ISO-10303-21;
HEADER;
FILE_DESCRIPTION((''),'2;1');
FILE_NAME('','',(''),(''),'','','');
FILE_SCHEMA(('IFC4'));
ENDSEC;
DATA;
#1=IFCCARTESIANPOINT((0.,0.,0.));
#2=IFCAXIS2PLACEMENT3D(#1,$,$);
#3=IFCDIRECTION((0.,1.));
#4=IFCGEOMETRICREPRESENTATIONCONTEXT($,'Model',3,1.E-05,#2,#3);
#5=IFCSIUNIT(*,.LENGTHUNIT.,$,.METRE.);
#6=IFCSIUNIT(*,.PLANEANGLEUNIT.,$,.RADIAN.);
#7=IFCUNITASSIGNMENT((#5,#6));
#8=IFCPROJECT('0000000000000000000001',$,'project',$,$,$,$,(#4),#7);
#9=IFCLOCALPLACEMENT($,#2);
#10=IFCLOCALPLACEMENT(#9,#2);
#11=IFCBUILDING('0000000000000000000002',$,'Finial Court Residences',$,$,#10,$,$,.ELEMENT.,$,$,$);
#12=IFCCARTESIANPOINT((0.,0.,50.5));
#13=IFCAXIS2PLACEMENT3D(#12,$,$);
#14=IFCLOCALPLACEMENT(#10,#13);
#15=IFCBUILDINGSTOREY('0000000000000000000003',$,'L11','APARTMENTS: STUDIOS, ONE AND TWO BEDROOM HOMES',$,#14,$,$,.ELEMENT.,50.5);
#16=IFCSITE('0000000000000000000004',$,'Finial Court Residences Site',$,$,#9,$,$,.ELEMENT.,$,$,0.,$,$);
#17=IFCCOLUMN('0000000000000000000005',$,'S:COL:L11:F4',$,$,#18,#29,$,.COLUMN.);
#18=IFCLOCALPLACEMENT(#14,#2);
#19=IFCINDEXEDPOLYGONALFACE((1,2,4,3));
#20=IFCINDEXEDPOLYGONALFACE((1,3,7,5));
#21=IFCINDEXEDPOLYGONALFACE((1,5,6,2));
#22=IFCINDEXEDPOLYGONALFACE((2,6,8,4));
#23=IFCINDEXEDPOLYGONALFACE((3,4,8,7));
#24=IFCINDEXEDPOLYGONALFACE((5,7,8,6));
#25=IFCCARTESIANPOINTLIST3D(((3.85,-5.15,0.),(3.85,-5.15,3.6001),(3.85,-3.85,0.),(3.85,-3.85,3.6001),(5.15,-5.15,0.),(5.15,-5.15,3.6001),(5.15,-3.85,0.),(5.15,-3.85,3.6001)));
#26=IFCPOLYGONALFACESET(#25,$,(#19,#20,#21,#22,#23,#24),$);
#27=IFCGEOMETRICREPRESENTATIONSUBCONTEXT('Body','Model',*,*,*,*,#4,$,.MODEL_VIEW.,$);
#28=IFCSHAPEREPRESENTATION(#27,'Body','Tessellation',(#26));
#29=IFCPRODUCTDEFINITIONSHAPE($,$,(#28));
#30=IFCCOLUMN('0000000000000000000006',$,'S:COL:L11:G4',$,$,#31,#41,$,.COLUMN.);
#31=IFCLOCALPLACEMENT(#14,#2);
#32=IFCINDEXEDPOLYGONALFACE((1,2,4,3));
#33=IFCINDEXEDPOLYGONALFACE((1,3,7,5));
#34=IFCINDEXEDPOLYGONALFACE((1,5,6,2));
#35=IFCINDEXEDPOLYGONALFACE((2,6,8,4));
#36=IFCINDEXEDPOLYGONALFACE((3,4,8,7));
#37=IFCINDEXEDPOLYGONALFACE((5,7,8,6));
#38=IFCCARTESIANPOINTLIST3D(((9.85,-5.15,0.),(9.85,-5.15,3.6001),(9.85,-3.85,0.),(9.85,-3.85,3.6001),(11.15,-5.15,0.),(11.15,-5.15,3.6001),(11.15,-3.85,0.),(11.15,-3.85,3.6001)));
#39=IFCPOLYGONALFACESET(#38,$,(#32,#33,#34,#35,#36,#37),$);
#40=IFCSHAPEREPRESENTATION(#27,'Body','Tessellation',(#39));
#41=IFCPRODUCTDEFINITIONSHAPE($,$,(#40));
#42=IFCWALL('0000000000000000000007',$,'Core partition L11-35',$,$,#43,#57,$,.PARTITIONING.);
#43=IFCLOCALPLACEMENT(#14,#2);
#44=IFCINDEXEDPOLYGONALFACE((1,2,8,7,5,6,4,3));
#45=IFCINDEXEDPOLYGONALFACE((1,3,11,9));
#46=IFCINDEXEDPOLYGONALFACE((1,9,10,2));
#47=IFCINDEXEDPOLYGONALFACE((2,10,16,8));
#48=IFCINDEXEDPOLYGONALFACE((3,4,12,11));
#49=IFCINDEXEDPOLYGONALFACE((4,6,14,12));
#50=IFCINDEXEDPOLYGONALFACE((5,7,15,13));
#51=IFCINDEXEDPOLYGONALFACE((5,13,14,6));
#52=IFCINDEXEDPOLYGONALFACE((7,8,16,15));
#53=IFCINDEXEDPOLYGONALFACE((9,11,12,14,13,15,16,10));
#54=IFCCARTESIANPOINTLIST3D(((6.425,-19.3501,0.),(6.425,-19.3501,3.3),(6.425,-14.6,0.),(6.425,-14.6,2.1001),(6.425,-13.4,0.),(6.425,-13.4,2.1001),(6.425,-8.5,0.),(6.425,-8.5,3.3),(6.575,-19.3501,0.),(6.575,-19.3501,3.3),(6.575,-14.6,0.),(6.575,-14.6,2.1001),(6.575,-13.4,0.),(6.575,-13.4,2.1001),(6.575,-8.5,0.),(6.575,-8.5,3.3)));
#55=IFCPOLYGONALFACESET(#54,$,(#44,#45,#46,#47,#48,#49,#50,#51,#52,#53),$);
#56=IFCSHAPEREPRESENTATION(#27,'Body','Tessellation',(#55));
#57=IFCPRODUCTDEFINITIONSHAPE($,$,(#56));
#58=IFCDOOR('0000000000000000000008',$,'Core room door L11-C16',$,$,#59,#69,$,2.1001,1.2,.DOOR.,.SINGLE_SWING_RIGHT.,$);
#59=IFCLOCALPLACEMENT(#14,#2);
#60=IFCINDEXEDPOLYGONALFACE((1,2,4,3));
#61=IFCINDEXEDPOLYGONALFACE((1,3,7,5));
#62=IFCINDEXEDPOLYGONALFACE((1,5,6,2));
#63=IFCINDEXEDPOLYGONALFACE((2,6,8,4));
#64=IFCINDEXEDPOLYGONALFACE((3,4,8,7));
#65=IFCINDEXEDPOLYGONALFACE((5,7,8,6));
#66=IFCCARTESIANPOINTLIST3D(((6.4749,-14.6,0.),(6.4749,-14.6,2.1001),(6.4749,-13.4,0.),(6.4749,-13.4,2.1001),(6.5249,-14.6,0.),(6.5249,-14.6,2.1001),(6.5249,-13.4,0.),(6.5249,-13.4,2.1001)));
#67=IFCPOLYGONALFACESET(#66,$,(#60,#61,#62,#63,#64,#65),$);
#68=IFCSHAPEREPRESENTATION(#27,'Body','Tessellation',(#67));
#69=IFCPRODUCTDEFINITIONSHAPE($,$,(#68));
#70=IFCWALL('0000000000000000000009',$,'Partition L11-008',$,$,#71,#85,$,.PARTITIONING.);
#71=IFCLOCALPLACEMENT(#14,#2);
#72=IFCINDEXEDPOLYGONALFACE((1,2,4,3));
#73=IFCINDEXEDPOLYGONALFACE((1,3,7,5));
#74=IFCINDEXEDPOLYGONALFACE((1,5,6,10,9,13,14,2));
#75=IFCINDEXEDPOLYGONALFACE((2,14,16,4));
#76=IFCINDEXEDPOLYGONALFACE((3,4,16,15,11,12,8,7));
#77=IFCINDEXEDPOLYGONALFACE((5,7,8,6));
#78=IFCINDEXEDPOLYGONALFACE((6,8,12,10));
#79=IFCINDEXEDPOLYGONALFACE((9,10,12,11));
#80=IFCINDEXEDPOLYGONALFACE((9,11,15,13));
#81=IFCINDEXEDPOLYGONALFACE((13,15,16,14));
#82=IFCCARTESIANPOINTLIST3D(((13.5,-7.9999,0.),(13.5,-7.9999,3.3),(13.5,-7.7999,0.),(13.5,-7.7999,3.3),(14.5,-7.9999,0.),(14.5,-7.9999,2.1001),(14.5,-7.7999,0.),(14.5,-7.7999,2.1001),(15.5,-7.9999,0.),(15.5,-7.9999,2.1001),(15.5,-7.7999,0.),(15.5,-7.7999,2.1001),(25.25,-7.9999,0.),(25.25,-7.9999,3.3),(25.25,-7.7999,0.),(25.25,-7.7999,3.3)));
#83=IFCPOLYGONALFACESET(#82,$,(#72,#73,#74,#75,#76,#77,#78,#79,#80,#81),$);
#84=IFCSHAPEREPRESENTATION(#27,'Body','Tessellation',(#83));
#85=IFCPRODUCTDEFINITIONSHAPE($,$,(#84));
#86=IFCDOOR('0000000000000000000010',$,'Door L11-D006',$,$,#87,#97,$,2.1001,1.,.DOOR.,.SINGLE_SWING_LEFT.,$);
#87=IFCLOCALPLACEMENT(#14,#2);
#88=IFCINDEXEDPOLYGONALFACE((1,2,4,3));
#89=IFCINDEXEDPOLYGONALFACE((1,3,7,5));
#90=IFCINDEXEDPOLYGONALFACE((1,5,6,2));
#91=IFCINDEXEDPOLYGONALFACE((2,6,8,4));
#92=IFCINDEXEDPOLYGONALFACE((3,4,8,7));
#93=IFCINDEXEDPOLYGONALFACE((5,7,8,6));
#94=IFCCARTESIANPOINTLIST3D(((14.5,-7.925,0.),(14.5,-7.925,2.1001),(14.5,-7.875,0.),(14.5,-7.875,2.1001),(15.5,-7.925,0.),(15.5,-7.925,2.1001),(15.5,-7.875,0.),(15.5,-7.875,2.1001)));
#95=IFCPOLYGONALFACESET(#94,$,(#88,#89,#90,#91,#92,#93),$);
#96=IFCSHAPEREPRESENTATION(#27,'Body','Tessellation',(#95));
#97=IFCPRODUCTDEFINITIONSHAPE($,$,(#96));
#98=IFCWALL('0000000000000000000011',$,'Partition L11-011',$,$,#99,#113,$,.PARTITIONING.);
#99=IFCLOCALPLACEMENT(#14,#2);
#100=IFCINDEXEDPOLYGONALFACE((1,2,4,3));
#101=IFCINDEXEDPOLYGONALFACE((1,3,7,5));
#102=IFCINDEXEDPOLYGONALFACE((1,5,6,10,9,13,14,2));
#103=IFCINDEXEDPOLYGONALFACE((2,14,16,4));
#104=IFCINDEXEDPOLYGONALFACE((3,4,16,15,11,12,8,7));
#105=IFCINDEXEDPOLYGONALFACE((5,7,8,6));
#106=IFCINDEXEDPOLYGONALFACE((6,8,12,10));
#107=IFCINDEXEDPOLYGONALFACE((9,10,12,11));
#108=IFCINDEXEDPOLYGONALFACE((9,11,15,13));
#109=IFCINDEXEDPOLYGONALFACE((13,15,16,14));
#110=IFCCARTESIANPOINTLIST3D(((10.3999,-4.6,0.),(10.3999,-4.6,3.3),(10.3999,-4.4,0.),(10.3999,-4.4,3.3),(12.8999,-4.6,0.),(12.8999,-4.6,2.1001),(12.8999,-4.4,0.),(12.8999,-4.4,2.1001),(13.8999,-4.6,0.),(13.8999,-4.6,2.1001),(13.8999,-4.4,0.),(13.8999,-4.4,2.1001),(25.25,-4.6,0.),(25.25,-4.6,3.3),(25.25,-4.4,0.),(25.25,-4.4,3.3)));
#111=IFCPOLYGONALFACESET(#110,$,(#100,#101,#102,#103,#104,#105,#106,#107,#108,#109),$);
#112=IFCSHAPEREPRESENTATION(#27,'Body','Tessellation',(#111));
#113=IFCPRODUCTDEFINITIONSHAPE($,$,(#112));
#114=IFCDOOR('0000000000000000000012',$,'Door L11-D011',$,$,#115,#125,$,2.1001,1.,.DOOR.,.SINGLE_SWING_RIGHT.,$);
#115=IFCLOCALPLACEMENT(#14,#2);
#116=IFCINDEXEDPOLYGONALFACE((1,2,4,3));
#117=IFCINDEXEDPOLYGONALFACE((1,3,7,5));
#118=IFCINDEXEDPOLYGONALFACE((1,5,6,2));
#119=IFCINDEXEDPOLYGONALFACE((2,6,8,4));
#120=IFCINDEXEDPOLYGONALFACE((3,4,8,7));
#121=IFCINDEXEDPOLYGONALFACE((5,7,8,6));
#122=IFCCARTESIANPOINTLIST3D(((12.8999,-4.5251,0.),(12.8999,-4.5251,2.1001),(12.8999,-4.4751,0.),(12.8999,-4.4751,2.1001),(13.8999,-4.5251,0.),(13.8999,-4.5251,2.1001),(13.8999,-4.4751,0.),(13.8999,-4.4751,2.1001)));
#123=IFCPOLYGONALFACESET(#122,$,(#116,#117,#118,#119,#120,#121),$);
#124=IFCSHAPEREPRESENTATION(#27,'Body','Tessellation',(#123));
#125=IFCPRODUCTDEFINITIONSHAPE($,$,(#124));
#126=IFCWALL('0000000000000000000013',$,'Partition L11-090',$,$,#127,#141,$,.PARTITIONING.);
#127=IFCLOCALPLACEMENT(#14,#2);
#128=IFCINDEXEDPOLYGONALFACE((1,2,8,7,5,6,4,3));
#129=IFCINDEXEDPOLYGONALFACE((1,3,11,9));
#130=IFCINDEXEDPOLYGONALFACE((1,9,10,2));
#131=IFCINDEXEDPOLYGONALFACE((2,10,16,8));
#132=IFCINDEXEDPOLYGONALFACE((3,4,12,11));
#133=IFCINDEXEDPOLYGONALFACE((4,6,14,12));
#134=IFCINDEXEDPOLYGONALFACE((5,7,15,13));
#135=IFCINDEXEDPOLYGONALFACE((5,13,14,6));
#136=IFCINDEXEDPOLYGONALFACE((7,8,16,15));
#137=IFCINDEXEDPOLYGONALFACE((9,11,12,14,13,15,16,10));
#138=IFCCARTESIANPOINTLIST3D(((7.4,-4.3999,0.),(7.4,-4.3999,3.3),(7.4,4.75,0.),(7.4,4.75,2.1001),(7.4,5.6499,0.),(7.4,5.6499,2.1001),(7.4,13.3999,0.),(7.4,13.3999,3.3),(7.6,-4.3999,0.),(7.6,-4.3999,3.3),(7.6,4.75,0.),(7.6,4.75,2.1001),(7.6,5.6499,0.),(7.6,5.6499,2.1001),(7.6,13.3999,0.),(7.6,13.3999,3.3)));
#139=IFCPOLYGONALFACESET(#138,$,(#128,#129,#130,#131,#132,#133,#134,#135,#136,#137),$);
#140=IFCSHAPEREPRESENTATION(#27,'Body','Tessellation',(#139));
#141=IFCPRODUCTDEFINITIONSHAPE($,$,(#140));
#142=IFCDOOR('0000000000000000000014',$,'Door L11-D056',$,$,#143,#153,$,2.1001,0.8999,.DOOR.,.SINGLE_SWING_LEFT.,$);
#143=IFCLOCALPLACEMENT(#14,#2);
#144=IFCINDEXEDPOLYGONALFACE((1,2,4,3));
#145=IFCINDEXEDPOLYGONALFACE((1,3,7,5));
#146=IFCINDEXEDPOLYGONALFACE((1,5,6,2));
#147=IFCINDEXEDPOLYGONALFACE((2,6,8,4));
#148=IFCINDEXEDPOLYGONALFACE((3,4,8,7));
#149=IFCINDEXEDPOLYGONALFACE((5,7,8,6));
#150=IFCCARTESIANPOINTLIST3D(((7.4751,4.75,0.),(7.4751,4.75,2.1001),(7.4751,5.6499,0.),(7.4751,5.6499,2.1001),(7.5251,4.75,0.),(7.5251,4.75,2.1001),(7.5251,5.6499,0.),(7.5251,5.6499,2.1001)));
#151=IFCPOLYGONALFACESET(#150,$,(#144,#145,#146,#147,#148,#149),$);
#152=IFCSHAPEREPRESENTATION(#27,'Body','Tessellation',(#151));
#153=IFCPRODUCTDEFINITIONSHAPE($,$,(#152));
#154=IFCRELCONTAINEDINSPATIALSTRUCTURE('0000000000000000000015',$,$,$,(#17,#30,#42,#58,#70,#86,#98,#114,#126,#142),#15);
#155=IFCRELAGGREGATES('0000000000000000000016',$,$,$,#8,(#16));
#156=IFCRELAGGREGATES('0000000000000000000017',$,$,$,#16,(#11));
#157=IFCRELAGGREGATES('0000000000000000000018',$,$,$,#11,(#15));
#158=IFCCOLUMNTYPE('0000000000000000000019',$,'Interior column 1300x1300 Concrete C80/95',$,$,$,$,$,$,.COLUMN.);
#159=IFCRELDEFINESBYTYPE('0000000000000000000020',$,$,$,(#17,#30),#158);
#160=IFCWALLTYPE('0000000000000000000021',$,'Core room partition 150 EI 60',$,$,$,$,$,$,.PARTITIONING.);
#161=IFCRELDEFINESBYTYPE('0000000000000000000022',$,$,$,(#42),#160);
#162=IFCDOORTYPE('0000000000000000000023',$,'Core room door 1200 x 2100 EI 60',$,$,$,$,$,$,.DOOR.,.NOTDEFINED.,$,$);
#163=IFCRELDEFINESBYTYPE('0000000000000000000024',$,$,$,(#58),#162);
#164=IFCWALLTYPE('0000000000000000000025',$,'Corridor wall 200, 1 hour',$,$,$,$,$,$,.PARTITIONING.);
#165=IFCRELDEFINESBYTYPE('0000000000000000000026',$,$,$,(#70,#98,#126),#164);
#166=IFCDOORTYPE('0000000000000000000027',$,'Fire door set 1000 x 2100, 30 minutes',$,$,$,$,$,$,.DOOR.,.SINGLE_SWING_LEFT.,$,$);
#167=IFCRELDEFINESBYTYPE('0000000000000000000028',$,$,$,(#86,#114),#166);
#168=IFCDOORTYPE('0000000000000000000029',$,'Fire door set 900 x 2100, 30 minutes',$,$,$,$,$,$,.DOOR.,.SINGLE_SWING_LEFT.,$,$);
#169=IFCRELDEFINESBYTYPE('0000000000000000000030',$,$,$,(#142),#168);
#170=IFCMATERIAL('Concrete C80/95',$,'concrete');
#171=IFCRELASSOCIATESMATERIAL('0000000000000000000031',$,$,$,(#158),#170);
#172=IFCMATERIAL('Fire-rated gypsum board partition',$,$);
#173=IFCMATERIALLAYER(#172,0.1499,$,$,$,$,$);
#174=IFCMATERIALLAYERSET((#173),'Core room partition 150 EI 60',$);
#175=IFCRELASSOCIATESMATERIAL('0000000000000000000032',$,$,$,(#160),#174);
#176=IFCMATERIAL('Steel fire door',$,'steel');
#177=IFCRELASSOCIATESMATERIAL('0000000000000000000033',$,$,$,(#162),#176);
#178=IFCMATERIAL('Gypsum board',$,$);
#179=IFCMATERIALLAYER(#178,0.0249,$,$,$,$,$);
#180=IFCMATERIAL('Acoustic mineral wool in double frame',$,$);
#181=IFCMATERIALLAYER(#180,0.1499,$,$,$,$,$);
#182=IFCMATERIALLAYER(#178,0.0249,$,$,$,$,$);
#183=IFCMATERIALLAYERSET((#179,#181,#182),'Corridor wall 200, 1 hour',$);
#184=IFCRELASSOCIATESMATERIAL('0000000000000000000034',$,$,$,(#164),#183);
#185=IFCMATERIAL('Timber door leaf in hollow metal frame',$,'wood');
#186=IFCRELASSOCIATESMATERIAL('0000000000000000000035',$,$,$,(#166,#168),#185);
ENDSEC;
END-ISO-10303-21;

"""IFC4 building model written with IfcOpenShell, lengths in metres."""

from ifc_helpers import new_model, si_unit, direction, frame, frame_2d, origin, origin_2d, place, context, subcontext, project, spatial, rectangle, extrude, material, layer, layer_set, material_profile, profile_set, type_object, element, fill, save


model = new_model("IFC4")

# Units and contexts
model_context = context("Model", 3, precision=1e-05, world=origin(), true_north=direction((0.0, 1.0)))
body_context = subcontext(model_context, "Body", "Model", "MODEL_VIEW")
ifc_project = project(units=[si_unit("LENGTHUNIT", "METRE"), si_unit("PLANEANGLEUNIT", "RADIAN")], contexts=[model_context])

# Site, building, storey
site_placement = place(None, origin())
site = spatial("IfcSite", under=ifc_project, at=site_placement, Name="Finial Court Residences Site", CompositionType="ELEMENT", RefElevation=0.0)
building_placement = place(site_placement, origin())
building = spatial("IfcBuilding", under=site, at=building_placement, Name="Finial Court Residences", CompositionType="ELEMENT")
storey_placement = place(building_placement, frame((0.0, 0.0, 50.5)))
storey = spatial("IfcBuildingStorey", under=building, at=storey_placement, Name="L11", Description="APARTMENTS: STUDIOS, ONE AND TWO BEDROOM HOMES", CompositionType="ELEMENT", Elevation=50.5)

# Columns
ifc_material_1 = material(Name="Concrete C80/95", Category="concrete")
ifc_material_profile = material_profile(ifc_material_1, rectangle(XDim=1.3, YDim=1.3, at=origin_2d()), Name="1300x1300")
ifc_profile_set = profile_set([ifc_material_profile], Name="Concrete C80/95")
column_type = type_object("IfcColumnType", Name="Interior column 1300x1300 Concrete C80/95", PredefinedType="COLUMN", material=ifc_profile_set)
for number, where, z_axis, x_axis, name in (
    (1, (4.5, -4.5, 0.0), (0.0, 0.0, 1.0), (1.0, 0.0, 0.0), "S:COL:L11:F4"),
    (2, (10.5, -4.5, 0.0), (0.0, 0.0, 1.0), (1.0, 0.0, 0.0), "S:COL:L11:G4"),
):
    element("IfcColumn", number, at=place(storey_placement, frame(where, z_axis=z_axis, x_axis=x_axis)), inside=storey, type_object=column_type, Name=name, PredefinedType="COLUMN", context=body_context, shape_type="SweptSolid", body=[
        extrude(rectangle(XDim=1.3, YDim=1.3, at=origin_2d()), origin(), (0.0, 0.0, 1.0), 3.6001),
    ])

# Walls, openings, doors
ifc_material_2 = material(Name="Fire-rated gypsum board partition")
ifc_layer_1 = layer(ifc_material_2, 0.1499)
ifc_layer_set_1 = layer_set([ifc_layer_1], Name="Core room partition 150 EI 60")
wall_type_1 = type_object("IfcWallType", Name="Core room partition 150 EI 60", PredefinedType="PARTITIONING", material=ifc_layer_set_1)
wall_1_placement = place(storey_placement, frame((6.5, -8.5, 0.0), z_axis=(0.0, 0.0, 1.0), x_axis=(0.0, -1.0, 0.0)))
wall_1 = element("IfcWall", 3, at=wall_1_placement, inside=storey, type_object=wall_type_1, Name="Core partition L11-35", PredefinedType="PARTITIONING", context=body_context, shape_type="SweptSolid", body=[
    extrude(rectangle(XDim=10.8501, YDim=0.1499, at=frame_2d((5.425, 0.0))), origin(), (0.0, 0.0, 1.0), 3.3),
])
opening_1_placement = place(wall_1_placement, frame((4.8999, 0.0, 0.0)))
opening_1 = element("IfcOpeningElement", 4, at=opening_1_placement, cuts=wall_1, PredefinedType="OPENING", context=body_context, shape_type="SweptSolid", body=[
    extrude(rectangle(XDim=1.2, YDim=2.1001, at=frame_2d((0.6001, 1.05))), frame((0.0, 0.085, 0.0), z_axis=(0.0, -1.0, 0.0), x_axis=(1.0, 0.0, 0.0)), (0.0, 0.0, 1.0), 0.1699),
])
ifc_material_3 = material(Name="Steel fire door", Category="steel")
door_type_1 = type_object("IfcDoorType", Name="Core room door 1200 x 2100 EI 60", OperationType="NOTDEFINED", PredefinedType="DOOR", material=ifc_material_3)
door_1_placement = place(opening_1_placement, origin())
door_1 = element("IfcDoor", 5, at=door_1_placement, inside=storey, type_object=door_type_1, Name="Core room door L11-C16", OperationType="SINGLE_SWING_RIGHT", OverallHeight=2.1001, OverallWidth=1.2, PredefinedType="DOOR", context=body_context, shape_type="SweptSolid", body=[
    extrude(rectangle(XDim=1.2, YDim=2.1001, at=frame_2d((0.6001, 1.05))), frame((0.0, 0.0249, 0.0), z_axis=(0.0, -1.0, 0.0), x_axis=(1.0, 0.0, 0.0)), (0.0, 0.0, 1.0), 0.05),
])
fill(opening_1, door_1)
ifc_material_4 = material(Name="Gypsum board")
ifc_layer_2 = layer(ifc_material_4, 0.0249)
ifc_material_5 = material(Name="Acoustic mineral wool in double frame")
ifc_layer_3 = layer(ifc_material_5, 0.1499)
ifc_layer_4 = layer(ifc_material_4, 0.0249)
ifc_layer_set_2 = layer_set([ifc_layer_2, ifc_layer_3, ifc_layer_4], Name="Corridor wall 200, 1 hour")
wall_type_2 = type_object("IfcWallType", Name="Corridor wall 200, 1 hour", PredefinedType="PARTITIONING", material=ifc_layer_set_2)
wall_2_placement = place(storey_placement, frame((13.5, -7.8999, 0.0), z_axis=(0.0, 0.0, 1.0), x_axis=(1.0, 0.0, 0.0)))
wall_2 = element("IfcWall", 6, at=wall_2_placement, inside=storey, type_object=wall_type_2, Name="Partition L11-008", PredefinedType="PARTITIONING", context=body_context, shape_type="SweptSolid", body=[
    extrude(rectangle(XDim=11.75, YDim=0.2, at=frame_2d((5.875, 0.0))), origin(), (0.0, 0.0, 1.0), 3.3),
])
opening_2_placement = place(wall_2_placement, frame((1.0, 0.0, 0.0)))
opening_2 = element("IfcOpeningElement", 7, at=opening_2_placement, cuts=wall_2, PredefinedType="OPENING", context=body_context, shape_type="SweptSolid", body=[
    extrude(rectangle(XDim=1.0, YDim=2.1001, at=frame_2d((0.5, 1.05))), frame((0.0, 0.1099, 0.0), z_axis=(0.0, -1.0, 0.0), x_axis=(1.0, 0.0, 0.0)), (0.0, 0.0, 1.0), 0.22),
])
ifc_material_6 = material(Name="Timber door leaf in hollow metal frame", Category="wood")
door_type_2 = type_object("IfcDoorType", Name="Fire door set 1000 x 2100, 30 minutes", OperationType="SINGLE_SWING_LEFT", PredefinedType="DOOR", material=ifc_material_6)
door_2_placement = place(opening_2_placement, origin())
door_2 = element("IfcDoor", 8, at=door_2_placement, inside=storey, type_object=door_type_2, Name="Door L11-D006", OperationType="SINGLE_SWING_LEFT", OverallHeight=2.1001, OverallWidth=1.0, PredefinedType="DOOR", context=body_context, shape_type="SweptSolid", body=[
    extrude(rectangle(XDim=1.0, YDim=2.1001, at=frame_2d((0.5, 1.05))), frame((0.0, 0.0249, 0.0), z_axis=(0.0, -1.0, 0.0), x_axis=(1.0, 0.0, 0.0)), (0.0, 0.0, 1.0), 0.05),
])
fill(opening_2, door_2)
wall_3_placement = place(storey_placement, frame((10.3999, -4.5, 0.0), z_axis=(0.0, 0.0, 1.0), x_axis=(1.0, 0.0, 0.0)))
wall_3 = element("IfcWall", 9, at=wall_3_placement, inside=storey, type_object=wall_type_2, Name="Partition L11-011", PredefinedType="PARTITIONING", context=body_context, shape_type="SweptSolid", body=[
    extrude(rectangle(XDim=14.8501, YDim=0.2, at=frame_2d((7.425, 0.0))), origin(), (0.0, 0.0, 1.0), 3.3),
])
opening_3_placement = place(wall_3_placement, frame((2.5, 0.0, 0.0)))
opening_3 = element("IfcOpeningElement", 10, at=opening_3_placement, cuts=wall_3, PredefinedType="OPENING", context=body_context, shape_type="SweptSolid", body=[
    extrude(rectangle(XDim=1.0, YDim=2.1001, at=frame_2d((0.5, 1.05))), frame((0.0, 0.1099, 0.0), z_axis=(0.0, -1.0, 0.0), x_axis=(1.0, 0.0, 0.0)), (0.0, 0.0, 1.0), 0.22),
])
door_3_placement = place(opening_3_placement, origin())
door_3 = element("IfcDoor", 11, at=door_3_placement, inside=storey, type_object=door_type_2, Name="Door L11-D011", OperationType="SINGLE_SWING_RIGHT", OverallHeight=2.1001, OverallWidth=1.0, PredefinedType="DOOR", context=body_context, shape_type="SweptSolid", body=[
    extrude(rectangle(XDim=1.0, YDim=2.1001, at=frame_2d((0.5, 1.05))), frame((0.0, 0.0249, 0.0), z_axis=(0.0, -1.0, 0.0), x_axis=(1.0, 0.0, 0.0)), (0.0, 0.0, 1.0), 0.05),
])
fill(opening_3, door_3)
wall_4_placement = place(storey_placement, frame((7.5, -4.3999, 0.0), z_axis=(0.0, 0.0, 1.0), x_axis=(0.0, 1.0, 0.0)))
wall_4 = element("IfcWall", 12, at=wall_4_placement, inside=storey, type_object=wall_type_2, Name="Partition L11-090", PredefinedType="PARTITIONING", context=body_context, shape_type="SweptSolid", body=[
    extrude(rectangle(XDim=17.7998, YDim=0.2, at=frame_2d((8.8999, 0.0))), origin(), (0.0, 0.0, 1.0), 3.3),
])
opening_4_placement = place(wall_4_placement, frame((9.1499, 0.0, 0.0)))
opening_4 = element("IfcOpeningElement", 13, at=opening_4_placement, cuts=wall_4, PredefinedType="OPENING", context=body_context, shape_type="SweptSolid", body=[
    extrude(rectangle(XDim=0.8999, YDim=2.1001, at=frame_2d((0.45, 1.05))), frame((0.0, 0.1099, 0.0), z_axis=(0.0, -1.0, 0.0), x_axis=(1.0, 0.0, 0.0)), (0.0, 0.0, 1.0), 0.22),
])
door_type_3 = type_object("IfcDoorType", Name="Fire door set 900 x 2100, 30 minutes", OperationType="SINGLE_SWING_LEFT", PredefinedType="DOOR", material=ifc_material_6)
door_4_placement = place(opening_4_placement, origin())
door_4 = element("IfcDoor", 14, at=door_4_placement, inside=storey, type_object=door_type_3, Name="Door L11-D056", OperationType="SINGLE_SWING_LEFT", OverallHeight=2.1001, OverallWidth=0.8999, PredefinedType="DOOR", context=body_context, shape_type="SweptSolid", body=[
    extrude(rectangle(XDim=0.8999, YDim=2.1001, at=frame_2d((0.45, 1.05))), frame((0.0, 0.0249, 0.0), z_axis=(0.0, -1.0, 0.0), x_axis=(1.0, 0.0, 0.0)), (0.0, 0.0, 1.0), 0.05),
])
fill(opening_4, door_4)

save(model, "model.ifc")
